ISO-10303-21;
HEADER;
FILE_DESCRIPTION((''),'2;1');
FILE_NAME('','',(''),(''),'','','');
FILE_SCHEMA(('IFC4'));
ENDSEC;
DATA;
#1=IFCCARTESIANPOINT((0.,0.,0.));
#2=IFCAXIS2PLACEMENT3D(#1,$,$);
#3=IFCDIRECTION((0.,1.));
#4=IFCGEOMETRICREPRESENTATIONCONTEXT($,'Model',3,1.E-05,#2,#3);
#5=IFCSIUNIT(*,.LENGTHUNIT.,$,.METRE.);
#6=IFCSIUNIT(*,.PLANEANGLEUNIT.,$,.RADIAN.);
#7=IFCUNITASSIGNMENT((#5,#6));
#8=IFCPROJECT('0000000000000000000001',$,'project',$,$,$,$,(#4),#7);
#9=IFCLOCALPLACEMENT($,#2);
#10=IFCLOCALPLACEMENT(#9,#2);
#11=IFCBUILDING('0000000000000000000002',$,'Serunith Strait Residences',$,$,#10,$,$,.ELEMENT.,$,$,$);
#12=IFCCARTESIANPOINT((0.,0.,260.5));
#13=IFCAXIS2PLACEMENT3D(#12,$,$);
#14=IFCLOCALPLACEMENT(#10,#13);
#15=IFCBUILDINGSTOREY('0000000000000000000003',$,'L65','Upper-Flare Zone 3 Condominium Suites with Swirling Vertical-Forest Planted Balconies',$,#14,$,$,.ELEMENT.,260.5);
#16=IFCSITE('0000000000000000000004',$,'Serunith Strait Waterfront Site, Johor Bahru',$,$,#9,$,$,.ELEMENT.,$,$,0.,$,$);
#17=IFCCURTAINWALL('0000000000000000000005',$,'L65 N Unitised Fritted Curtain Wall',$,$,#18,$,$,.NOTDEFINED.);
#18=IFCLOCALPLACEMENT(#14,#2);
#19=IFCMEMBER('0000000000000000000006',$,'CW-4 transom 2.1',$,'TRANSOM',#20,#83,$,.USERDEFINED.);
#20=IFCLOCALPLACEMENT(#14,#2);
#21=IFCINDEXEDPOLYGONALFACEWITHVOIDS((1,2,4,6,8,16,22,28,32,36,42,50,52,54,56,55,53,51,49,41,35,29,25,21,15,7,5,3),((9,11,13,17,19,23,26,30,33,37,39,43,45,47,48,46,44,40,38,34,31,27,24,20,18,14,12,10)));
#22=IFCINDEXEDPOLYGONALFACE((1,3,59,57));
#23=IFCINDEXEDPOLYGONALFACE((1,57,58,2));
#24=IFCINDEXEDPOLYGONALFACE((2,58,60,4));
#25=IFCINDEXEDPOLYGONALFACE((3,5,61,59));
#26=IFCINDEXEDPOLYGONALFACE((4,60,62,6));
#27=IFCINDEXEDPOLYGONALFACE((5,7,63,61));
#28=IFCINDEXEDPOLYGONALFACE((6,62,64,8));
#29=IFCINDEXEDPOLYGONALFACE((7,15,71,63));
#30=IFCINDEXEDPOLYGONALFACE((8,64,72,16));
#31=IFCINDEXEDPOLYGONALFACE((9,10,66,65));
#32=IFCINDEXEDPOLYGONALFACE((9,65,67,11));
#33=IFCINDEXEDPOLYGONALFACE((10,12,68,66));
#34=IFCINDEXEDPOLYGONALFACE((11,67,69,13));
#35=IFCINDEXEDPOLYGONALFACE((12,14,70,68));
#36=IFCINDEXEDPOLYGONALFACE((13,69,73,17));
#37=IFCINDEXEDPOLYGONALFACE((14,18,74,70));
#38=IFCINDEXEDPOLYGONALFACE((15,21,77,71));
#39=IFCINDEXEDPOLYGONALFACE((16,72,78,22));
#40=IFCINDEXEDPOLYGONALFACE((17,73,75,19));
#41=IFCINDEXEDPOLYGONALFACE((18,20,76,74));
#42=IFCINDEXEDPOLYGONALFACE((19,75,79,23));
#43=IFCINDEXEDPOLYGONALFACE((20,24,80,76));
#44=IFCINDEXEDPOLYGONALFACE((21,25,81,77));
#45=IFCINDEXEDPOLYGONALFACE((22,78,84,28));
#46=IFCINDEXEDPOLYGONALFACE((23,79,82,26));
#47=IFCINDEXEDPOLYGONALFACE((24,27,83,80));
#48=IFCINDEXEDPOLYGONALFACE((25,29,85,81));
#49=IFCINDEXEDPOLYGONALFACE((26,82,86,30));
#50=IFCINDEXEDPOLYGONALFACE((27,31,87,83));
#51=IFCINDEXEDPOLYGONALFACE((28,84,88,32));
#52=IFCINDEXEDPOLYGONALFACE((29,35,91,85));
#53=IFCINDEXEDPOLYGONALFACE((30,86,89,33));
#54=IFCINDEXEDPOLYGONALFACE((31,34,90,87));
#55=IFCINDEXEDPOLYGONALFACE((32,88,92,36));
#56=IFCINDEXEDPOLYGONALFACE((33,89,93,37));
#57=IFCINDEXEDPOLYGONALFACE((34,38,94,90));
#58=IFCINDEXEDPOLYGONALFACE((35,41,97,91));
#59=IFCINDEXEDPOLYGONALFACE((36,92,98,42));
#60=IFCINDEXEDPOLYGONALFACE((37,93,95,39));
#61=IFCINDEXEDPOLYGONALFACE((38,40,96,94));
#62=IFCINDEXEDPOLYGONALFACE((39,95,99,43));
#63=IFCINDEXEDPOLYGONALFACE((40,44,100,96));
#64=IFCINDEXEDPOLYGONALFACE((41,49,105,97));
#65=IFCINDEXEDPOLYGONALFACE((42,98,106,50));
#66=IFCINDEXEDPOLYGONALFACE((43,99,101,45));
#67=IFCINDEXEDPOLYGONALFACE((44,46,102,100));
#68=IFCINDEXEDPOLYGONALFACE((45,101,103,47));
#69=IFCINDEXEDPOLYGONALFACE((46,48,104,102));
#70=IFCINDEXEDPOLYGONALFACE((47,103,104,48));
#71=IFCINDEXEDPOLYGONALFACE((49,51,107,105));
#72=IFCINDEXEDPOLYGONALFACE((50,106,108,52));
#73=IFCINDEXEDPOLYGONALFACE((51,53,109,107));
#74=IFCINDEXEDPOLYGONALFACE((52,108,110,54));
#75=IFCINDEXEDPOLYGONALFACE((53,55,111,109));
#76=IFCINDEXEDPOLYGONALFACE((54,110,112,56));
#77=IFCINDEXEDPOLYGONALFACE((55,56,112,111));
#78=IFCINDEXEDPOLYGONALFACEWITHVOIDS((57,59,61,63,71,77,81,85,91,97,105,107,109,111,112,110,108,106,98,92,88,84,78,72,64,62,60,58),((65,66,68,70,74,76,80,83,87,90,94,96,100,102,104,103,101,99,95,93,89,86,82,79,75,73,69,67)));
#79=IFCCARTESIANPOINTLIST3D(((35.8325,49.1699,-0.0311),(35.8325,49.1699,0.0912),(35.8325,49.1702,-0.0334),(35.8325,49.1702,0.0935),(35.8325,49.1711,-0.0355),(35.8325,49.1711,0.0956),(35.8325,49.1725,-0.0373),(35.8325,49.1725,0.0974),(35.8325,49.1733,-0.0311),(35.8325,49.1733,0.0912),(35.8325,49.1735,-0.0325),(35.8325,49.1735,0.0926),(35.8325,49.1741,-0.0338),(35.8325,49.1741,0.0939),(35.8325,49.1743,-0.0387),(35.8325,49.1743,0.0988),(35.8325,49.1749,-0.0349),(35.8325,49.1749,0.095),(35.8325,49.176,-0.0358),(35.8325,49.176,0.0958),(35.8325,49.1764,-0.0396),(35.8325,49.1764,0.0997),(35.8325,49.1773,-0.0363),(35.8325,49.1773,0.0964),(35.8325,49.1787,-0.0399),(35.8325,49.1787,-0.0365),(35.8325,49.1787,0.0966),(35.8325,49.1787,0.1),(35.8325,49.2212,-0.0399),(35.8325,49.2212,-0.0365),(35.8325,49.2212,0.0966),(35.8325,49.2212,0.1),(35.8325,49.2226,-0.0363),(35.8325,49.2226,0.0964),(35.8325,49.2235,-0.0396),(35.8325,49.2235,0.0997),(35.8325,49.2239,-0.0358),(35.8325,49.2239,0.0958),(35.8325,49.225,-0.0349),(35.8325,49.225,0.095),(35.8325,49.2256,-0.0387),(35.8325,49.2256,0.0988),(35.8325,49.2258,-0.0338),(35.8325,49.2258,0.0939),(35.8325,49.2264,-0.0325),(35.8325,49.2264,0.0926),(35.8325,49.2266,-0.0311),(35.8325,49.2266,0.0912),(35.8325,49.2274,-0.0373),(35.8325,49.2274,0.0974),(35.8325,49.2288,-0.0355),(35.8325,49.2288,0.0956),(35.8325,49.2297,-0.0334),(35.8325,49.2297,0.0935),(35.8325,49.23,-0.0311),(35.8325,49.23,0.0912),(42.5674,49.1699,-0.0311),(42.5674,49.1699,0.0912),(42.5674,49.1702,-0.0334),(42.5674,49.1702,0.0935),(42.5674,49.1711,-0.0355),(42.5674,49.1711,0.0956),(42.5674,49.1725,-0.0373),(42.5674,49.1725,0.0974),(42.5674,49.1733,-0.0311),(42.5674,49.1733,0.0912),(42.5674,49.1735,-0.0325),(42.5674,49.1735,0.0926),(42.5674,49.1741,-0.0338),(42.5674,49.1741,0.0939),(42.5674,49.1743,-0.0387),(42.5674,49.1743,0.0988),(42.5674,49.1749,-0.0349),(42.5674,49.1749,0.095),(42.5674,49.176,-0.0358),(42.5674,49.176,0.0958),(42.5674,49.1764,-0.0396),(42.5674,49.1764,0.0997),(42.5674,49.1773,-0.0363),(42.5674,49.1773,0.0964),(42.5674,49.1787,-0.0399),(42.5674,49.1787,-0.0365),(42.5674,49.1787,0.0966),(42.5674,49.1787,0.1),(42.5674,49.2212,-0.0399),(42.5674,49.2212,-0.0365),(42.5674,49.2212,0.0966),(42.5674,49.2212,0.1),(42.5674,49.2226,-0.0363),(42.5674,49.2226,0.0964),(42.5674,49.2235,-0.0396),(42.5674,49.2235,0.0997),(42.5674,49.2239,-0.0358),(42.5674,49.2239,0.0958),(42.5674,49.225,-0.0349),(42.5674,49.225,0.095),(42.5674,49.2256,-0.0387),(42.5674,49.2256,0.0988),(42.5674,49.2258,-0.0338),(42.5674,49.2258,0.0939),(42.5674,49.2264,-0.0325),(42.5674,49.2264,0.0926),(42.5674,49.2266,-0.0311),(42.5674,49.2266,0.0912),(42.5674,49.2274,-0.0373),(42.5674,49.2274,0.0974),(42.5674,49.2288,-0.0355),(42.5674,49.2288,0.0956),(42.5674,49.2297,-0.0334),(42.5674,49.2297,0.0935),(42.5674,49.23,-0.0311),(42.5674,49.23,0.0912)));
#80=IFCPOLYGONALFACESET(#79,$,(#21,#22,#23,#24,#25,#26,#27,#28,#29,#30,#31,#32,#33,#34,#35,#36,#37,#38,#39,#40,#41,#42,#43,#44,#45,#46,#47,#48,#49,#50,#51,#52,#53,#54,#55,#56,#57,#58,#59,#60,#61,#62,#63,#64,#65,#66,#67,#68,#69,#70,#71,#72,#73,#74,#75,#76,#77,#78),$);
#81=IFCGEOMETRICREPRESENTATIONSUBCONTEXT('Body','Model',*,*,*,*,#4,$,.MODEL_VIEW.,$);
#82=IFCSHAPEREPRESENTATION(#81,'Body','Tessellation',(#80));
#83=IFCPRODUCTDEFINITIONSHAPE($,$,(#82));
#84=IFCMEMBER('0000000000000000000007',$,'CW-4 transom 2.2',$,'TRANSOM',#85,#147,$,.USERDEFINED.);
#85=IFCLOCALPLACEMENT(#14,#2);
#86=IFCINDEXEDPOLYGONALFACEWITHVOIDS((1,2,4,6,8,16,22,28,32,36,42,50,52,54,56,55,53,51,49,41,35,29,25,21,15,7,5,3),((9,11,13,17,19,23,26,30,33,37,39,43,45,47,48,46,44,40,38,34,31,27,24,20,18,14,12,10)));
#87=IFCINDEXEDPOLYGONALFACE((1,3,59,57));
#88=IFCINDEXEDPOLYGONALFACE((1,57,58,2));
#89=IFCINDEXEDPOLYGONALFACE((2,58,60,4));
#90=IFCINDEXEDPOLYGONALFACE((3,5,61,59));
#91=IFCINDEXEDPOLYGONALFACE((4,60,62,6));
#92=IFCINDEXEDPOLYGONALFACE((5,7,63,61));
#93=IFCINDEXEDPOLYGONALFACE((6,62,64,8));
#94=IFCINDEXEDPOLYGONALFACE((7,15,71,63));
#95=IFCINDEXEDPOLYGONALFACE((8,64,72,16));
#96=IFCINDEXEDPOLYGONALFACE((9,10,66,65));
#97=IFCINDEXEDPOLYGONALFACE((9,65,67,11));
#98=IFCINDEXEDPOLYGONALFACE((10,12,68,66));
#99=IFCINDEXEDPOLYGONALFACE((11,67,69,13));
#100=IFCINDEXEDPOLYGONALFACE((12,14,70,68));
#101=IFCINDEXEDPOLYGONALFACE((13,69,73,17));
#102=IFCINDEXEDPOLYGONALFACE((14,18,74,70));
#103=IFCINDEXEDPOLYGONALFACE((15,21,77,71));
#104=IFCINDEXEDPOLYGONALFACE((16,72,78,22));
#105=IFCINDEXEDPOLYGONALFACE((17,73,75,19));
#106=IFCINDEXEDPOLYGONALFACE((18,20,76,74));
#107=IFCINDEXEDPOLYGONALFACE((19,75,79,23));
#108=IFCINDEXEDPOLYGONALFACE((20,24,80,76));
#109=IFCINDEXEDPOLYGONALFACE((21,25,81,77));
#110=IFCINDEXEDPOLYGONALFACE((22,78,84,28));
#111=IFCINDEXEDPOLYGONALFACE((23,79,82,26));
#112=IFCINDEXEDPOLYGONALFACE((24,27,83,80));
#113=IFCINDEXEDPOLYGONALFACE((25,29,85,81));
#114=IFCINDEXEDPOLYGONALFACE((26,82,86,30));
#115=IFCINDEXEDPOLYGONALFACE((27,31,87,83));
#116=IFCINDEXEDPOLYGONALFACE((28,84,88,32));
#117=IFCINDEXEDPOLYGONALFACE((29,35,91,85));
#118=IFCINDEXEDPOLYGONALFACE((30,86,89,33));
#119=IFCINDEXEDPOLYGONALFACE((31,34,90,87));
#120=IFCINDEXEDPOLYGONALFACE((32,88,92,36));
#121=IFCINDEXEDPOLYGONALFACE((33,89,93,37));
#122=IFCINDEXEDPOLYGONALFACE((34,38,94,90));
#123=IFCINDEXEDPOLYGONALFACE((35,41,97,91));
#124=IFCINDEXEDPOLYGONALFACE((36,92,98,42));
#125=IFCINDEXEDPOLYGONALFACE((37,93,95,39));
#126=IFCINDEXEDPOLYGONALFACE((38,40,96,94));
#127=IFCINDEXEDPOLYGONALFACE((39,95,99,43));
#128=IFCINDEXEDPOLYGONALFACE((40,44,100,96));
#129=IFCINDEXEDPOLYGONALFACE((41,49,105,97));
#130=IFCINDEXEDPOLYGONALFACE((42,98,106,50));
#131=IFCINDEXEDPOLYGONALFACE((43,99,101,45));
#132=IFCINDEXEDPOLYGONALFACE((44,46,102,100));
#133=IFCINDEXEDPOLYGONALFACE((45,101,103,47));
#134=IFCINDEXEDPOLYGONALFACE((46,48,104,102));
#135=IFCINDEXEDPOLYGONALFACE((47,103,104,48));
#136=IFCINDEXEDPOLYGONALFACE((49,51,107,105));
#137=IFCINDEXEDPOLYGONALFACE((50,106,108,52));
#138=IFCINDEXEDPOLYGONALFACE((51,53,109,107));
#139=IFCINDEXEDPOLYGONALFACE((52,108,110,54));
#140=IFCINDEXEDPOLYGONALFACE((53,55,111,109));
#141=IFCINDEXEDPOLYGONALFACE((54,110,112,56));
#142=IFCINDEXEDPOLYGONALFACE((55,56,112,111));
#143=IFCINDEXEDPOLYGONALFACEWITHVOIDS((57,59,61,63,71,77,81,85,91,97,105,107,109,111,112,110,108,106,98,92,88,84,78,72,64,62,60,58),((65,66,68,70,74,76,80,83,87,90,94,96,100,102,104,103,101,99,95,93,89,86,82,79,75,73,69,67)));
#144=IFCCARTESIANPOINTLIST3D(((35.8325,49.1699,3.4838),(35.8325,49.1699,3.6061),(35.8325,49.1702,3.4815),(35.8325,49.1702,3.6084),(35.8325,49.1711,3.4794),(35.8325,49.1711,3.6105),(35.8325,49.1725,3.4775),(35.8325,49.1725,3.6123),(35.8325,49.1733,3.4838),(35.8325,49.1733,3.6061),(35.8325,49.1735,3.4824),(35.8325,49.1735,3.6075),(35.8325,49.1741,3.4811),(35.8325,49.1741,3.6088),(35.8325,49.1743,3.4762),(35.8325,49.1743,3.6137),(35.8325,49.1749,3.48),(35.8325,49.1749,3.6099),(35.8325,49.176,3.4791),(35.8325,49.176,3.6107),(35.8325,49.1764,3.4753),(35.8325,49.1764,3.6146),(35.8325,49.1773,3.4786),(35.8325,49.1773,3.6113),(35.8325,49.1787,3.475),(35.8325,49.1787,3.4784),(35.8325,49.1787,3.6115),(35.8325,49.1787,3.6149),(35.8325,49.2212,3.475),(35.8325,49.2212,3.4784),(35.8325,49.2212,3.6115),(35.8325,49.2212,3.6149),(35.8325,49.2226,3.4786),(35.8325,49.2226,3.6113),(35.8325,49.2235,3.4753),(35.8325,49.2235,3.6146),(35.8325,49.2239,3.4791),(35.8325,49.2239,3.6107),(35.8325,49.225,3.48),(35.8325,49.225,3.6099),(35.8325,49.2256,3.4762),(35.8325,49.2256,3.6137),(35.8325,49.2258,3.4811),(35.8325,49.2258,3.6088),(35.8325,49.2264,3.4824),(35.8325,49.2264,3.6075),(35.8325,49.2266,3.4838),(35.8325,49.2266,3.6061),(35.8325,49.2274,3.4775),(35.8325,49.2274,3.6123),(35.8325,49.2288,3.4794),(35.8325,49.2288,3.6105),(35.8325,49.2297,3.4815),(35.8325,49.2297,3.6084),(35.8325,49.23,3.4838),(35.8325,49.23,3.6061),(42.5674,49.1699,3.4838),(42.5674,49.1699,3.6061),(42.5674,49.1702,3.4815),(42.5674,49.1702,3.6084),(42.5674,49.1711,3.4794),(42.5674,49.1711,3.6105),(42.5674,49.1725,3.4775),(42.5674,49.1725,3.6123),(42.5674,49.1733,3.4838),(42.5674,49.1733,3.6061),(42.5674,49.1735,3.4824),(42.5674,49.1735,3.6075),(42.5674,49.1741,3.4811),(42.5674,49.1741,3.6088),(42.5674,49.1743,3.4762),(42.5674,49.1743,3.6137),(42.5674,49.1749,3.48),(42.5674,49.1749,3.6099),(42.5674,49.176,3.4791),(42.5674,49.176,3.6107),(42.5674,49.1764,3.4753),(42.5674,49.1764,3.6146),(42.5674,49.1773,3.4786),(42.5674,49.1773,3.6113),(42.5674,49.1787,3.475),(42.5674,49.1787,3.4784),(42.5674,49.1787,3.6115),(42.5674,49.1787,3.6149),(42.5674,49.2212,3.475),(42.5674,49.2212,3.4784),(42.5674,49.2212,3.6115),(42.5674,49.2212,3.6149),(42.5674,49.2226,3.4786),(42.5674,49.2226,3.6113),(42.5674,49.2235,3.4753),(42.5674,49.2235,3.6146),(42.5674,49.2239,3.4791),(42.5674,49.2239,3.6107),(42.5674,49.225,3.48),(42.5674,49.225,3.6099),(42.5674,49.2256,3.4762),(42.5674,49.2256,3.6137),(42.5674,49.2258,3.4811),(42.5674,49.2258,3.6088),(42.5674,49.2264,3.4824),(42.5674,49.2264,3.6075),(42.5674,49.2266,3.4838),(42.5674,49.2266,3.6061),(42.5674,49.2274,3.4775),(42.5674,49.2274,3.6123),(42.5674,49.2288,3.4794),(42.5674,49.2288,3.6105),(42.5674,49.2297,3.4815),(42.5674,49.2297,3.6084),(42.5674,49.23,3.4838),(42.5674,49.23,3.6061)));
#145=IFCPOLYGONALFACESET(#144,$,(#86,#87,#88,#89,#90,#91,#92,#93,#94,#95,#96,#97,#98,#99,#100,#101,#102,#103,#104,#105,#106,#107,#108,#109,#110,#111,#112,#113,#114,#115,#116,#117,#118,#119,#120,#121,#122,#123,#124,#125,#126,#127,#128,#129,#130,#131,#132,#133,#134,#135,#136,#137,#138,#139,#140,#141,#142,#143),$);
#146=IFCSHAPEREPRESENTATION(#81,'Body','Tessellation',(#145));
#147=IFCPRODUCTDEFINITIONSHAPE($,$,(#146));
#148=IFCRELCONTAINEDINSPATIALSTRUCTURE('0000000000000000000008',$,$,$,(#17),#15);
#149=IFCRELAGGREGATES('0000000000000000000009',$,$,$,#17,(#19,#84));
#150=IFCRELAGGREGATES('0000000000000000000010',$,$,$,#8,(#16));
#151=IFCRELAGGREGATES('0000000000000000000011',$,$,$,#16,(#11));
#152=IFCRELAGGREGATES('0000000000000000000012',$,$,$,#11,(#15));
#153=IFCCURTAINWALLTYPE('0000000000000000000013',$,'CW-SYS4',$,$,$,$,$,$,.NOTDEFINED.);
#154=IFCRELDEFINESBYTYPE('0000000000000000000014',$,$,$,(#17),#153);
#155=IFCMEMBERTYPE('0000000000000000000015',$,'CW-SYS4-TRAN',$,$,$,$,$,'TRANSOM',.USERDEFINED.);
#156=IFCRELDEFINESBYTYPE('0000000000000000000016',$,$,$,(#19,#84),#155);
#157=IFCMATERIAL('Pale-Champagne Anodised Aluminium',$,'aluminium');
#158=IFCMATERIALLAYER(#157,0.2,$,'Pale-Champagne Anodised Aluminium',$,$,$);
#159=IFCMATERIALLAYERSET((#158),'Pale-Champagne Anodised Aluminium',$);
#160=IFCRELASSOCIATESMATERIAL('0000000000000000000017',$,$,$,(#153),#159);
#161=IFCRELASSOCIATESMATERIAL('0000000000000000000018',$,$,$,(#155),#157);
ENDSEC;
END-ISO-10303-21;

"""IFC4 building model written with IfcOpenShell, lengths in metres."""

from ifc_helpers import new_model, si_unit, direction, frame, origin, origin_2d, place, context, subcontext, project, spatial, hollow_rectangle, extrude, source, transform, mapped, material, layer, layer_set, material_profile, profile_set, type_object, element, aggregate, save


model = new_model("IFC4")

# Units and contexts
model_context = context("Model", 3, precision=1e-05, world=origin(), true_north=direction((0.0, 1.0)))
body_context = subcontext(model_context, "Body", "Model", "MODEL_VIEW")
ifc_project = project(units=[si_unit("LENGTHUNIT", "METRE"), si_unit("PLANEANGLEUNIT", "RADIAN")], contexts=[model_context])

# Site, building, storey
site_placement = place(None, origin())
site = spatial("IfcSite", under=ifc_project, at=site_placement, Name="Serunith Strait Waterfront Site, Johor Bahru", CompositionType="ELEMENT", RefElevation=0.0)
building_placement = place(site_placement, origin())
building = spatial("IfcBuilding", under=site, at=building_placement, Name="Serunith Strait Residences", CompositionType="ELEMENT")
storey_placement = place(building_placement, frame((0.0, 0.0, 260.5)))
storey = spatial("IfcBuildingStorey", under=building, at=storey_placement, Name="L65", Description="Upper-Flare Zone 3 Condominium Suites with Swirling Vertical-Forest Planted Balconies", CompositionType="ELEMENT", Elevation=260.5)

# Curtain wall, members
ifc_material_1 = material(Name="Pale-Champagne Anodised Aluminium", Category="aluminium")
ifc_layer_1 = layer(ifc_material_1, 0.2, Name="Pale-Champagne Anodised Aluminium")
ifc_layer_set_1 = layer_set([ifc_layer_1], Name="Pale-Champagne Anodised Aluminium")
curtain_wall_type = type_object("IfcCurtainWallType", Name="CW-SYS4", PredefinedType="NOTDEFINED", material=ifc_layer_set_1)
curtain_wall_placement = place(storey_placement, origin())
curtain_wall = element("IfcCurtainWall", 1, at=curtain_wall_placement, inside=storey, type_object=curtain_wall_type, Name="L65 N Unitised Fritted Curtain Wall", PredefinedType="NOTDEFINED")
ifc_material_profile_1 = material_profile(ifc_material_1, hollow_rectangle(XDim=0.0601, YDim=0.1399, WallThickness=0.0034, InnerFilletRadius=0.0054, OuterFilletRadius=0.0088, at=origin_2d()), Name="ALU 140x60x3.5")
ifc_profile_set_1 = profile_set([ifc_material_profile_1], Name="Pale-Champagne Anodised Aluminium")
member_type_1 = type_object("IfcMemberType", Name="CW-SYS4-TRAN", ElementType="TRANSOM", PredefinedType="USERDEFINED", material=ifc_profile_set_1)
shared_shape_1 = source(origin(), body_context, "Body", "SweptSolid", [
    extrude(hollow_rectangle(XDim=0.0601, YDim=0.1399, WallThickness=0.0034, InnerFilletRadius=0.0054, OuterFilletRadius=0.0088, at=origin_2d()), origin(), (0.0, 0.0, 1.0), 6.7349),
])
member_1_placement = place(storey_placement, frame((42.5674, 49.2, 0.03), z_axis=(-1.0, 0.0, 0.0), x_axis=(0.0, -1.0, 0.0)))
member_1 = element("IfcMember", 2, at=member_1_placement, type_object=member_type_1, Name="CW-4 transom 2.1", ObjectType="TRANSOM", PredefinedType="USERDEFINED", context=body_context, shape_type="MappedRepresentation", body=[
    mapped(shared_shape_1, transform((0.0, 0.0, 0.0), scale=1.0)),
])
member_2_placement = place(storey_placement, frame((42.5674, 49.2, 3.5449), z_axis=(-1.0, 0.0, 0.0), x_axis=(0.0, -1.0, 0.0)))
member_2 = element("IfcMember", 3, at=member_2_placement, type_object=member_type_1, Name="CW-4 transom 2.2", ObjectType="TRANSOM", PredefinedType="USERDEFINED", context=body_context, shape_type="MappedRepresentation", body=[
    mapped(shared_shape_1, transform((0.0, 0.0, 0.0), scale=1.0)),
])
aggregate(curtain_wall, [member_1, member_2])

save(model, "model.ifc")
